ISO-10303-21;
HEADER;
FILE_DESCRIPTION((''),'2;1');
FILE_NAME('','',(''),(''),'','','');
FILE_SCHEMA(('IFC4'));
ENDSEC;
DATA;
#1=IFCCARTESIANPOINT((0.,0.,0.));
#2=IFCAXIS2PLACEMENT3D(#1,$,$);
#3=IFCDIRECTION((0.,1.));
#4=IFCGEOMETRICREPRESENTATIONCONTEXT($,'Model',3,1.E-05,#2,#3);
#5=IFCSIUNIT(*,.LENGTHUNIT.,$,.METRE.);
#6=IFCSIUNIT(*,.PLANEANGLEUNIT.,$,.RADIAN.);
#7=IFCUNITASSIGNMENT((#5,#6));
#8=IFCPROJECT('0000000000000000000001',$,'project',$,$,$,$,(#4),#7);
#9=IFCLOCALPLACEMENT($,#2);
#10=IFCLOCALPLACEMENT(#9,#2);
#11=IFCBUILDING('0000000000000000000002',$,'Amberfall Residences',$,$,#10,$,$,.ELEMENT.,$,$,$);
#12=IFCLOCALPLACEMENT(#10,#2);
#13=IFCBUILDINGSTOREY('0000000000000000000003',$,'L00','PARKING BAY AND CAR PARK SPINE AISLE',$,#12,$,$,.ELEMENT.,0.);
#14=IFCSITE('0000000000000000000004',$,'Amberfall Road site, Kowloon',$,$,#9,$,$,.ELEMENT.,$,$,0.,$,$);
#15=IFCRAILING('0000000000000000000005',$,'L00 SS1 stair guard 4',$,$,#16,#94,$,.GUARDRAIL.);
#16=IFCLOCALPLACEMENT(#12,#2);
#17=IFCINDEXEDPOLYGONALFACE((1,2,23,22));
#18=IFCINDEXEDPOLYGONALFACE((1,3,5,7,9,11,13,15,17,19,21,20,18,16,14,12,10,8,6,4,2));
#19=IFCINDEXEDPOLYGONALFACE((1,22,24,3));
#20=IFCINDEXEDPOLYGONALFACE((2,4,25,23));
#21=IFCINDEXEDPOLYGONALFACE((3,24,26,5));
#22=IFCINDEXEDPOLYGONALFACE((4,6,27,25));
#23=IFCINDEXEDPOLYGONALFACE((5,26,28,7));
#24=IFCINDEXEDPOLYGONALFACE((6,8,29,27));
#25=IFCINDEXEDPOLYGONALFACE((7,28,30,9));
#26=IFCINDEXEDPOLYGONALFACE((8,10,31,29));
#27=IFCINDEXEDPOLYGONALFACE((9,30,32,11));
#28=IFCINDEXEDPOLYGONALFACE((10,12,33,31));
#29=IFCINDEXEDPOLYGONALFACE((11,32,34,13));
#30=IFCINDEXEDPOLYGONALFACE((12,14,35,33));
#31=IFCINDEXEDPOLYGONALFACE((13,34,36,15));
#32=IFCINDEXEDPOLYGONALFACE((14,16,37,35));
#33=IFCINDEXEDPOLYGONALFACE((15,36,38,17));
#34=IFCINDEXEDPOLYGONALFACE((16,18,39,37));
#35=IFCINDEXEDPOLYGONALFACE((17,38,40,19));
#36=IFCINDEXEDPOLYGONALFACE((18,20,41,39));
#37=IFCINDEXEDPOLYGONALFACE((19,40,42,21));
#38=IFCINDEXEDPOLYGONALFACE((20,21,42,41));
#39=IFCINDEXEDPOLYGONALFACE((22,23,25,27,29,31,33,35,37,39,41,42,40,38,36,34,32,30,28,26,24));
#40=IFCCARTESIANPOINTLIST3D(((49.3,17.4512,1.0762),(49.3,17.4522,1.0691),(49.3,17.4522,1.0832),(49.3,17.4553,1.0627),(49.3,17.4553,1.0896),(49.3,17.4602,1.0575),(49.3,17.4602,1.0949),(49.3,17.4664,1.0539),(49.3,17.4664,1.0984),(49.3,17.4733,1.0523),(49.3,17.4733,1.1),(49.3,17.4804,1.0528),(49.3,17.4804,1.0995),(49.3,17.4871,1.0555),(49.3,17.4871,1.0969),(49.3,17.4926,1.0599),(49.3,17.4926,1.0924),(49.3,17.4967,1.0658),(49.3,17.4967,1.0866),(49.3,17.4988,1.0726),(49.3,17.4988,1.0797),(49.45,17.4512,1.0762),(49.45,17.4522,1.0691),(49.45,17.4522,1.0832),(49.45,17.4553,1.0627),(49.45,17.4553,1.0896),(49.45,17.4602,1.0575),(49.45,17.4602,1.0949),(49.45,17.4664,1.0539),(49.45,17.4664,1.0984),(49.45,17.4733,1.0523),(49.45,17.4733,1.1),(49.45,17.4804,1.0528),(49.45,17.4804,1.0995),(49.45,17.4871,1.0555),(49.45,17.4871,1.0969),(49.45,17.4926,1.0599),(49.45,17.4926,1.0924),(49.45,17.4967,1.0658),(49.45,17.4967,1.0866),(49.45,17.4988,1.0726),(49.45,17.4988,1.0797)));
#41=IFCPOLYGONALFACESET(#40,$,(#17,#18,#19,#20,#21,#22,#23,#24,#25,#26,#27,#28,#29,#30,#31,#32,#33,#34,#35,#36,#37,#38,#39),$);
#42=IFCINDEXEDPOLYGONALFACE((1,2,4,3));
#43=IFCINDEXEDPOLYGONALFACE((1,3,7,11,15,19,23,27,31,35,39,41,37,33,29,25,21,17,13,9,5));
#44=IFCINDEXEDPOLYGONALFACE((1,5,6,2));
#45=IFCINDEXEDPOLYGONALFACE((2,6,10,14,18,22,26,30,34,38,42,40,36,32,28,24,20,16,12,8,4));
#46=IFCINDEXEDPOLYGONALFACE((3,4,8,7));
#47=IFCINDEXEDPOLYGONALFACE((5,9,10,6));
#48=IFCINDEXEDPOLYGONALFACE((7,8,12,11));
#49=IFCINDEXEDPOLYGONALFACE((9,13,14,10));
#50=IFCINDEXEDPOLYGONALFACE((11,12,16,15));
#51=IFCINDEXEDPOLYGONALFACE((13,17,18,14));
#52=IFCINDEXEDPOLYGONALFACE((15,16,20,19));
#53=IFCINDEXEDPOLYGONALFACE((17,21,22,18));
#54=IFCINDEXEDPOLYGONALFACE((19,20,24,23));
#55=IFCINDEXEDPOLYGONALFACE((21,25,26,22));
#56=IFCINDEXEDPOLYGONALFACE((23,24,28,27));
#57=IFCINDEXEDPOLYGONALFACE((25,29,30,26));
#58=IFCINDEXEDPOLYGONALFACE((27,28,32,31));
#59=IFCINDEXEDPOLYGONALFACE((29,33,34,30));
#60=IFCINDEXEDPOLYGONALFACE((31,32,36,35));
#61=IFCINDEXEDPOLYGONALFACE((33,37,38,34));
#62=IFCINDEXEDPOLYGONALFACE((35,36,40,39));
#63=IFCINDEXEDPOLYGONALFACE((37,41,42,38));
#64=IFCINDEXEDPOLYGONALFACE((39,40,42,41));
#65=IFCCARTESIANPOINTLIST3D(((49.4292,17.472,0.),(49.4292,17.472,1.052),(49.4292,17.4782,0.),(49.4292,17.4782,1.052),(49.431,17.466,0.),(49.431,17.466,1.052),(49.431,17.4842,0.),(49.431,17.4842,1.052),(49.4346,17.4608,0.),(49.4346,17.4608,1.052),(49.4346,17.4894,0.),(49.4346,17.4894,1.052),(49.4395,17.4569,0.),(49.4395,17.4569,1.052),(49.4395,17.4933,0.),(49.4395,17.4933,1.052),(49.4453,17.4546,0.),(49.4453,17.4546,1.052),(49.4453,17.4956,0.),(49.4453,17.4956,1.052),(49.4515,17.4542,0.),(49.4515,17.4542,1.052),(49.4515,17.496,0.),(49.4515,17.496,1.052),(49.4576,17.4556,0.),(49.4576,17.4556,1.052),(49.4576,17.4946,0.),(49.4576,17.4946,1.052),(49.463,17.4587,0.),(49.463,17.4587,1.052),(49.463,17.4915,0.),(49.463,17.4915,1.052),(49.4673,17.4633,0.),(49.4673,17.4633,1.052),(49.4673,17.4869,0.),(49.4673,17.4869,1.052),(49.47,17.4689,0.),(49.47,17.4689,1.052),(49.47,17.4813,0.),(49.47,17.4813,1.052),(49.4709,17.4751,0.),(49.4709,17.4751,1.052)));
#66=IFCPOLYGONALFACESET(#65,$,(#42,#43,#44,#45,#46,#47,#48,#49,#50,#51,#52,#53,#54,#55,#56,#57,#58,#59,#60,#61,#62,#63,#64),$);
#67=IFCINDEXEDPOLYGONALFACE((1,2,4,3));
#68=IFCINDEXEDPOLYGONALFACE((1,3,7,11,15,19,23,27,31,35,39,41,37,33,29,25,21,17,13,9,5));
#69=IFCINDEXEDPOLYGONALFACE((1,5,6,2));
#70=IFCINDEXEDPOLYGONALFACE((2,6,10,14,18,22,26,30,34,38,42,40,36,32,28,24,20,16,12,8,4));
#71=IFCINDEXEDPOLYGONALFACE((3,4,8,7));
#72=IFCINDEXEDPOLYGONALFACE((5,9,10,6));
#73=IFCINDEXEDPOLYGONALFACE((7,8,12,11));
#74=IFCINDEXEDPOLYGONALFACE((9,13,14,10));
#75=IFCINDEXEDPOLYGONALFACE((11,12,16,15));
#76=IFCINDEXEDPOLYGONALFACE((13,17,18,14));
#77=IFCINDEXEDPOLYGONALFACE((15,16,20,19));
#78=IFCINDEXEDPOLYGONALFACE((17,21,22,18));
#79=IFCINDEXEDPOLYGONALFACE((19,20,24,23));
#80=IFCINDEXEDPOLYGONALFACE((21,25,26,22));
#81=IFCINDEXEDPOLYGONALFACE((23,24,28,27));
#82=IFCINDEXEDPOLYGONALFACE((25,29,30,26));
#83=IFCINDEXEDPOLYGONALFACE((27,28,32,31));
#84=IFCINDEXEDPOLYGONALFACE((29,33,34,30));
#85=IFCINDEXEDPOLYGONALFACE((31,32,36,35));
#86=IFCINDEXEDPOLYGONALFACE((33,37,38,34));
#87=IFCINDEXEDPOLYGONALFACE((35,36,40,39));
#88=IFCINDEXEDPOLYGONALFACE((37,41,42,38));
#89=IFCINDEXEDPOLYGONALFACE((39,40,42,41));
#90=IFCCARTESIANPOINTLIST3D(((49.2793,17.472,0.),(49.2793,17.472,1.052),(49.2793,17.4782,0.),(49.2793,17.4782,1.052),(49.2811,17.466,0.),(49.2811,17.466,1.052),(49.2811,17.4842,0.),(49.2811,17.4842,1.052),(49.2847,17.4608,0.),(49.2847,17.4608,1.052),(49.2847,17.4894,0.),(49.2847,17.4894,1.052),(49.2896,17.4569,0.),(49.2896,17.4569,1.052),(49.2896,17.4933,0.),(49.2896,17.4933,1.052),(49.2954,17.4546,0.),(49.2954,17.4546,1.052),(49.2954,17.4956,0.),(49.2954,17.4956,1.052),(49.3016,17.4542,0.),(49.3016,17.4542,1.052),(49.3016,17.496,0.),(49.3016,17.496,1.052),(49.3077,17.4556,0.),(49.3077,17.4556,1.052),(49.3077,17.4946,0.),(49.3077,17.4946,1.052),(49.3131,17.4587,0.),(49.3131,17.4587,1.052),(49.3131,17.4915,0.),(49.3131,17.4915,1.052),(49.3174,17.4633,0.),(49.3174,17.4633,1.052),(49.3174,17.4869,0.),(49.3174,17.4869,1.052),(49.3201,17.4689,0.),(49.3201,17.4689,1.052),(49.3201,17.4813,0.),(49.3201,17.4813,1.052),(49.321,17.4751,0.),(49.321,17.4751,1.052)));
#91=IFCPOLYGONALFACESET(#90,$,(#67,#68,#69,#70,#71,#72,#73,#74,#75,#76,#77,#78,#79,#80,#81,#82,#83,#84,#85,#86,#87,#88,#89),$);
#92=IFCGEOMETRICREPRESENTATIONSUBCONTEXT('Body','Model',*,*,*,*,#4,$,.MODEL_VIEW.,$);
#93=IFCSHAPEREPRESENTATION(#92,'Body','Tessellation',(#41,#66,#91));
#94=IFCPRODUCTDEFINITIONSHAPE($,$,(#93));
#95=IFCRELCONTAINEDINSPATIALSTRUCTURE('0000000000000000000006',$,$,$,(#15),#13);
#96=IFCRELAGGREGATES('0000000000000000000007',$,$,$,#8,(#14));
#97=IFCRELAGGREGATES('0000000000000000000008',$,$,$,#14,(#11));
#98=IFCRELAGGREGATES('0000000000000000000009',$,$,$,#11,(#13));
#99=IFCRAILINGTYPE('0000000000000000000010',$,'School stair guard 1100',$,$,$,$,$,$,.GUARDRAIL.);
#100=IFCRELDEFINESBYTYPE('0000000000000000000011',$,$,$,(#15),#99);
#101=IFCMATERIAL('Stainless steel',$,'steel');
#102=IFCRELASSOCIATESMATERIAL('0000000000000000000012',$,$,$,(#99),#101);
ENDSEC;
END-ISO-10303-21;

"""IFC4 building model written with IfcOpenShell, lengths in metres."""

from ifc_helpers import new_model, si_unit, direction, frame, origin, origin_2d, place, context, subcontext, project, spatial, circle, extrude, material, type_object, element, save


model = new_model("IFC4")

# Units and contexts
model_context = context("Model", 3, precision=1e-05, world=origin(), true_north=direction((0.0, 1.0)))
body_context = subcontext(model_context, "Body", "Model", "MODEL_VIEW")
ifc_project = project(units=[si_unit("LENGTHUNIT", "METRE"), si_unit("PLANEANGLEUNIT", "RADIAN")], contexts=[model_context])

# Site, building, storey
site_placement = place(None, origin())
site = spatial("IfcSite", under=ifc_project, at=site_placement, Name="Amberfall Road site, Kowloon", CompositionType="ELEMENT", RefElevation=0.0)
building_placement = place(site_placement, origin())
building = spatial("IfcBuilding", under=site, at=building_placement, Name="Amberfall Residences", CompositionType="ELEMENT")
storey_placement = place(building_placement, origin())
storey = spatial("IfcBuildingStorey", under=building, at=storey_placement, Name="L00", Description="PARKING BAY AND CAR PARK SPINE AISLE", CompositionType="ELEMENT", Elevation=0.0)

# Railing
ifc_material_1 = material(Name="Stainless steel", Category="steel")
railing_type_1 = type_object("IfcRailingType", Name="School stair guard 1100", PredefinedType="GUARDRAIL", material=ifc_material_1)
railing_1_placement = place(storey_placement, frame((49.45, 17.4751, 0.0)))
element("IfcRailing", 1, at=railing_1_placement, inside=storey, type_object=railing_type_1, Name="L00 SS1 stair guard 4", PredefinedType="GUARDRAIL", context=body_context, shape_type="SweptSolid", body=[
    extrude(circle(Radius=0.0239, at=origin_2d()), frame((0.0, 0.0, 1.0762), z_axis=(-1.0, 0.0, 0.0), x_axis=(0.0, -1.0, 0.0)), (0.0, 0.0, 1.0), 0.1499),
    extrude(circle(Radius=0.021, at=origin_2d()), origin(), (0.0, 0.0, 1.0), 1.052),
    extrude(circle(Radius=0.021, at=origin_2d()), frame((-0.1499, 0.0, 0.0)), (0.0, 0.0, 1.0), 1.052),
])

save(model, "model.ifc")
